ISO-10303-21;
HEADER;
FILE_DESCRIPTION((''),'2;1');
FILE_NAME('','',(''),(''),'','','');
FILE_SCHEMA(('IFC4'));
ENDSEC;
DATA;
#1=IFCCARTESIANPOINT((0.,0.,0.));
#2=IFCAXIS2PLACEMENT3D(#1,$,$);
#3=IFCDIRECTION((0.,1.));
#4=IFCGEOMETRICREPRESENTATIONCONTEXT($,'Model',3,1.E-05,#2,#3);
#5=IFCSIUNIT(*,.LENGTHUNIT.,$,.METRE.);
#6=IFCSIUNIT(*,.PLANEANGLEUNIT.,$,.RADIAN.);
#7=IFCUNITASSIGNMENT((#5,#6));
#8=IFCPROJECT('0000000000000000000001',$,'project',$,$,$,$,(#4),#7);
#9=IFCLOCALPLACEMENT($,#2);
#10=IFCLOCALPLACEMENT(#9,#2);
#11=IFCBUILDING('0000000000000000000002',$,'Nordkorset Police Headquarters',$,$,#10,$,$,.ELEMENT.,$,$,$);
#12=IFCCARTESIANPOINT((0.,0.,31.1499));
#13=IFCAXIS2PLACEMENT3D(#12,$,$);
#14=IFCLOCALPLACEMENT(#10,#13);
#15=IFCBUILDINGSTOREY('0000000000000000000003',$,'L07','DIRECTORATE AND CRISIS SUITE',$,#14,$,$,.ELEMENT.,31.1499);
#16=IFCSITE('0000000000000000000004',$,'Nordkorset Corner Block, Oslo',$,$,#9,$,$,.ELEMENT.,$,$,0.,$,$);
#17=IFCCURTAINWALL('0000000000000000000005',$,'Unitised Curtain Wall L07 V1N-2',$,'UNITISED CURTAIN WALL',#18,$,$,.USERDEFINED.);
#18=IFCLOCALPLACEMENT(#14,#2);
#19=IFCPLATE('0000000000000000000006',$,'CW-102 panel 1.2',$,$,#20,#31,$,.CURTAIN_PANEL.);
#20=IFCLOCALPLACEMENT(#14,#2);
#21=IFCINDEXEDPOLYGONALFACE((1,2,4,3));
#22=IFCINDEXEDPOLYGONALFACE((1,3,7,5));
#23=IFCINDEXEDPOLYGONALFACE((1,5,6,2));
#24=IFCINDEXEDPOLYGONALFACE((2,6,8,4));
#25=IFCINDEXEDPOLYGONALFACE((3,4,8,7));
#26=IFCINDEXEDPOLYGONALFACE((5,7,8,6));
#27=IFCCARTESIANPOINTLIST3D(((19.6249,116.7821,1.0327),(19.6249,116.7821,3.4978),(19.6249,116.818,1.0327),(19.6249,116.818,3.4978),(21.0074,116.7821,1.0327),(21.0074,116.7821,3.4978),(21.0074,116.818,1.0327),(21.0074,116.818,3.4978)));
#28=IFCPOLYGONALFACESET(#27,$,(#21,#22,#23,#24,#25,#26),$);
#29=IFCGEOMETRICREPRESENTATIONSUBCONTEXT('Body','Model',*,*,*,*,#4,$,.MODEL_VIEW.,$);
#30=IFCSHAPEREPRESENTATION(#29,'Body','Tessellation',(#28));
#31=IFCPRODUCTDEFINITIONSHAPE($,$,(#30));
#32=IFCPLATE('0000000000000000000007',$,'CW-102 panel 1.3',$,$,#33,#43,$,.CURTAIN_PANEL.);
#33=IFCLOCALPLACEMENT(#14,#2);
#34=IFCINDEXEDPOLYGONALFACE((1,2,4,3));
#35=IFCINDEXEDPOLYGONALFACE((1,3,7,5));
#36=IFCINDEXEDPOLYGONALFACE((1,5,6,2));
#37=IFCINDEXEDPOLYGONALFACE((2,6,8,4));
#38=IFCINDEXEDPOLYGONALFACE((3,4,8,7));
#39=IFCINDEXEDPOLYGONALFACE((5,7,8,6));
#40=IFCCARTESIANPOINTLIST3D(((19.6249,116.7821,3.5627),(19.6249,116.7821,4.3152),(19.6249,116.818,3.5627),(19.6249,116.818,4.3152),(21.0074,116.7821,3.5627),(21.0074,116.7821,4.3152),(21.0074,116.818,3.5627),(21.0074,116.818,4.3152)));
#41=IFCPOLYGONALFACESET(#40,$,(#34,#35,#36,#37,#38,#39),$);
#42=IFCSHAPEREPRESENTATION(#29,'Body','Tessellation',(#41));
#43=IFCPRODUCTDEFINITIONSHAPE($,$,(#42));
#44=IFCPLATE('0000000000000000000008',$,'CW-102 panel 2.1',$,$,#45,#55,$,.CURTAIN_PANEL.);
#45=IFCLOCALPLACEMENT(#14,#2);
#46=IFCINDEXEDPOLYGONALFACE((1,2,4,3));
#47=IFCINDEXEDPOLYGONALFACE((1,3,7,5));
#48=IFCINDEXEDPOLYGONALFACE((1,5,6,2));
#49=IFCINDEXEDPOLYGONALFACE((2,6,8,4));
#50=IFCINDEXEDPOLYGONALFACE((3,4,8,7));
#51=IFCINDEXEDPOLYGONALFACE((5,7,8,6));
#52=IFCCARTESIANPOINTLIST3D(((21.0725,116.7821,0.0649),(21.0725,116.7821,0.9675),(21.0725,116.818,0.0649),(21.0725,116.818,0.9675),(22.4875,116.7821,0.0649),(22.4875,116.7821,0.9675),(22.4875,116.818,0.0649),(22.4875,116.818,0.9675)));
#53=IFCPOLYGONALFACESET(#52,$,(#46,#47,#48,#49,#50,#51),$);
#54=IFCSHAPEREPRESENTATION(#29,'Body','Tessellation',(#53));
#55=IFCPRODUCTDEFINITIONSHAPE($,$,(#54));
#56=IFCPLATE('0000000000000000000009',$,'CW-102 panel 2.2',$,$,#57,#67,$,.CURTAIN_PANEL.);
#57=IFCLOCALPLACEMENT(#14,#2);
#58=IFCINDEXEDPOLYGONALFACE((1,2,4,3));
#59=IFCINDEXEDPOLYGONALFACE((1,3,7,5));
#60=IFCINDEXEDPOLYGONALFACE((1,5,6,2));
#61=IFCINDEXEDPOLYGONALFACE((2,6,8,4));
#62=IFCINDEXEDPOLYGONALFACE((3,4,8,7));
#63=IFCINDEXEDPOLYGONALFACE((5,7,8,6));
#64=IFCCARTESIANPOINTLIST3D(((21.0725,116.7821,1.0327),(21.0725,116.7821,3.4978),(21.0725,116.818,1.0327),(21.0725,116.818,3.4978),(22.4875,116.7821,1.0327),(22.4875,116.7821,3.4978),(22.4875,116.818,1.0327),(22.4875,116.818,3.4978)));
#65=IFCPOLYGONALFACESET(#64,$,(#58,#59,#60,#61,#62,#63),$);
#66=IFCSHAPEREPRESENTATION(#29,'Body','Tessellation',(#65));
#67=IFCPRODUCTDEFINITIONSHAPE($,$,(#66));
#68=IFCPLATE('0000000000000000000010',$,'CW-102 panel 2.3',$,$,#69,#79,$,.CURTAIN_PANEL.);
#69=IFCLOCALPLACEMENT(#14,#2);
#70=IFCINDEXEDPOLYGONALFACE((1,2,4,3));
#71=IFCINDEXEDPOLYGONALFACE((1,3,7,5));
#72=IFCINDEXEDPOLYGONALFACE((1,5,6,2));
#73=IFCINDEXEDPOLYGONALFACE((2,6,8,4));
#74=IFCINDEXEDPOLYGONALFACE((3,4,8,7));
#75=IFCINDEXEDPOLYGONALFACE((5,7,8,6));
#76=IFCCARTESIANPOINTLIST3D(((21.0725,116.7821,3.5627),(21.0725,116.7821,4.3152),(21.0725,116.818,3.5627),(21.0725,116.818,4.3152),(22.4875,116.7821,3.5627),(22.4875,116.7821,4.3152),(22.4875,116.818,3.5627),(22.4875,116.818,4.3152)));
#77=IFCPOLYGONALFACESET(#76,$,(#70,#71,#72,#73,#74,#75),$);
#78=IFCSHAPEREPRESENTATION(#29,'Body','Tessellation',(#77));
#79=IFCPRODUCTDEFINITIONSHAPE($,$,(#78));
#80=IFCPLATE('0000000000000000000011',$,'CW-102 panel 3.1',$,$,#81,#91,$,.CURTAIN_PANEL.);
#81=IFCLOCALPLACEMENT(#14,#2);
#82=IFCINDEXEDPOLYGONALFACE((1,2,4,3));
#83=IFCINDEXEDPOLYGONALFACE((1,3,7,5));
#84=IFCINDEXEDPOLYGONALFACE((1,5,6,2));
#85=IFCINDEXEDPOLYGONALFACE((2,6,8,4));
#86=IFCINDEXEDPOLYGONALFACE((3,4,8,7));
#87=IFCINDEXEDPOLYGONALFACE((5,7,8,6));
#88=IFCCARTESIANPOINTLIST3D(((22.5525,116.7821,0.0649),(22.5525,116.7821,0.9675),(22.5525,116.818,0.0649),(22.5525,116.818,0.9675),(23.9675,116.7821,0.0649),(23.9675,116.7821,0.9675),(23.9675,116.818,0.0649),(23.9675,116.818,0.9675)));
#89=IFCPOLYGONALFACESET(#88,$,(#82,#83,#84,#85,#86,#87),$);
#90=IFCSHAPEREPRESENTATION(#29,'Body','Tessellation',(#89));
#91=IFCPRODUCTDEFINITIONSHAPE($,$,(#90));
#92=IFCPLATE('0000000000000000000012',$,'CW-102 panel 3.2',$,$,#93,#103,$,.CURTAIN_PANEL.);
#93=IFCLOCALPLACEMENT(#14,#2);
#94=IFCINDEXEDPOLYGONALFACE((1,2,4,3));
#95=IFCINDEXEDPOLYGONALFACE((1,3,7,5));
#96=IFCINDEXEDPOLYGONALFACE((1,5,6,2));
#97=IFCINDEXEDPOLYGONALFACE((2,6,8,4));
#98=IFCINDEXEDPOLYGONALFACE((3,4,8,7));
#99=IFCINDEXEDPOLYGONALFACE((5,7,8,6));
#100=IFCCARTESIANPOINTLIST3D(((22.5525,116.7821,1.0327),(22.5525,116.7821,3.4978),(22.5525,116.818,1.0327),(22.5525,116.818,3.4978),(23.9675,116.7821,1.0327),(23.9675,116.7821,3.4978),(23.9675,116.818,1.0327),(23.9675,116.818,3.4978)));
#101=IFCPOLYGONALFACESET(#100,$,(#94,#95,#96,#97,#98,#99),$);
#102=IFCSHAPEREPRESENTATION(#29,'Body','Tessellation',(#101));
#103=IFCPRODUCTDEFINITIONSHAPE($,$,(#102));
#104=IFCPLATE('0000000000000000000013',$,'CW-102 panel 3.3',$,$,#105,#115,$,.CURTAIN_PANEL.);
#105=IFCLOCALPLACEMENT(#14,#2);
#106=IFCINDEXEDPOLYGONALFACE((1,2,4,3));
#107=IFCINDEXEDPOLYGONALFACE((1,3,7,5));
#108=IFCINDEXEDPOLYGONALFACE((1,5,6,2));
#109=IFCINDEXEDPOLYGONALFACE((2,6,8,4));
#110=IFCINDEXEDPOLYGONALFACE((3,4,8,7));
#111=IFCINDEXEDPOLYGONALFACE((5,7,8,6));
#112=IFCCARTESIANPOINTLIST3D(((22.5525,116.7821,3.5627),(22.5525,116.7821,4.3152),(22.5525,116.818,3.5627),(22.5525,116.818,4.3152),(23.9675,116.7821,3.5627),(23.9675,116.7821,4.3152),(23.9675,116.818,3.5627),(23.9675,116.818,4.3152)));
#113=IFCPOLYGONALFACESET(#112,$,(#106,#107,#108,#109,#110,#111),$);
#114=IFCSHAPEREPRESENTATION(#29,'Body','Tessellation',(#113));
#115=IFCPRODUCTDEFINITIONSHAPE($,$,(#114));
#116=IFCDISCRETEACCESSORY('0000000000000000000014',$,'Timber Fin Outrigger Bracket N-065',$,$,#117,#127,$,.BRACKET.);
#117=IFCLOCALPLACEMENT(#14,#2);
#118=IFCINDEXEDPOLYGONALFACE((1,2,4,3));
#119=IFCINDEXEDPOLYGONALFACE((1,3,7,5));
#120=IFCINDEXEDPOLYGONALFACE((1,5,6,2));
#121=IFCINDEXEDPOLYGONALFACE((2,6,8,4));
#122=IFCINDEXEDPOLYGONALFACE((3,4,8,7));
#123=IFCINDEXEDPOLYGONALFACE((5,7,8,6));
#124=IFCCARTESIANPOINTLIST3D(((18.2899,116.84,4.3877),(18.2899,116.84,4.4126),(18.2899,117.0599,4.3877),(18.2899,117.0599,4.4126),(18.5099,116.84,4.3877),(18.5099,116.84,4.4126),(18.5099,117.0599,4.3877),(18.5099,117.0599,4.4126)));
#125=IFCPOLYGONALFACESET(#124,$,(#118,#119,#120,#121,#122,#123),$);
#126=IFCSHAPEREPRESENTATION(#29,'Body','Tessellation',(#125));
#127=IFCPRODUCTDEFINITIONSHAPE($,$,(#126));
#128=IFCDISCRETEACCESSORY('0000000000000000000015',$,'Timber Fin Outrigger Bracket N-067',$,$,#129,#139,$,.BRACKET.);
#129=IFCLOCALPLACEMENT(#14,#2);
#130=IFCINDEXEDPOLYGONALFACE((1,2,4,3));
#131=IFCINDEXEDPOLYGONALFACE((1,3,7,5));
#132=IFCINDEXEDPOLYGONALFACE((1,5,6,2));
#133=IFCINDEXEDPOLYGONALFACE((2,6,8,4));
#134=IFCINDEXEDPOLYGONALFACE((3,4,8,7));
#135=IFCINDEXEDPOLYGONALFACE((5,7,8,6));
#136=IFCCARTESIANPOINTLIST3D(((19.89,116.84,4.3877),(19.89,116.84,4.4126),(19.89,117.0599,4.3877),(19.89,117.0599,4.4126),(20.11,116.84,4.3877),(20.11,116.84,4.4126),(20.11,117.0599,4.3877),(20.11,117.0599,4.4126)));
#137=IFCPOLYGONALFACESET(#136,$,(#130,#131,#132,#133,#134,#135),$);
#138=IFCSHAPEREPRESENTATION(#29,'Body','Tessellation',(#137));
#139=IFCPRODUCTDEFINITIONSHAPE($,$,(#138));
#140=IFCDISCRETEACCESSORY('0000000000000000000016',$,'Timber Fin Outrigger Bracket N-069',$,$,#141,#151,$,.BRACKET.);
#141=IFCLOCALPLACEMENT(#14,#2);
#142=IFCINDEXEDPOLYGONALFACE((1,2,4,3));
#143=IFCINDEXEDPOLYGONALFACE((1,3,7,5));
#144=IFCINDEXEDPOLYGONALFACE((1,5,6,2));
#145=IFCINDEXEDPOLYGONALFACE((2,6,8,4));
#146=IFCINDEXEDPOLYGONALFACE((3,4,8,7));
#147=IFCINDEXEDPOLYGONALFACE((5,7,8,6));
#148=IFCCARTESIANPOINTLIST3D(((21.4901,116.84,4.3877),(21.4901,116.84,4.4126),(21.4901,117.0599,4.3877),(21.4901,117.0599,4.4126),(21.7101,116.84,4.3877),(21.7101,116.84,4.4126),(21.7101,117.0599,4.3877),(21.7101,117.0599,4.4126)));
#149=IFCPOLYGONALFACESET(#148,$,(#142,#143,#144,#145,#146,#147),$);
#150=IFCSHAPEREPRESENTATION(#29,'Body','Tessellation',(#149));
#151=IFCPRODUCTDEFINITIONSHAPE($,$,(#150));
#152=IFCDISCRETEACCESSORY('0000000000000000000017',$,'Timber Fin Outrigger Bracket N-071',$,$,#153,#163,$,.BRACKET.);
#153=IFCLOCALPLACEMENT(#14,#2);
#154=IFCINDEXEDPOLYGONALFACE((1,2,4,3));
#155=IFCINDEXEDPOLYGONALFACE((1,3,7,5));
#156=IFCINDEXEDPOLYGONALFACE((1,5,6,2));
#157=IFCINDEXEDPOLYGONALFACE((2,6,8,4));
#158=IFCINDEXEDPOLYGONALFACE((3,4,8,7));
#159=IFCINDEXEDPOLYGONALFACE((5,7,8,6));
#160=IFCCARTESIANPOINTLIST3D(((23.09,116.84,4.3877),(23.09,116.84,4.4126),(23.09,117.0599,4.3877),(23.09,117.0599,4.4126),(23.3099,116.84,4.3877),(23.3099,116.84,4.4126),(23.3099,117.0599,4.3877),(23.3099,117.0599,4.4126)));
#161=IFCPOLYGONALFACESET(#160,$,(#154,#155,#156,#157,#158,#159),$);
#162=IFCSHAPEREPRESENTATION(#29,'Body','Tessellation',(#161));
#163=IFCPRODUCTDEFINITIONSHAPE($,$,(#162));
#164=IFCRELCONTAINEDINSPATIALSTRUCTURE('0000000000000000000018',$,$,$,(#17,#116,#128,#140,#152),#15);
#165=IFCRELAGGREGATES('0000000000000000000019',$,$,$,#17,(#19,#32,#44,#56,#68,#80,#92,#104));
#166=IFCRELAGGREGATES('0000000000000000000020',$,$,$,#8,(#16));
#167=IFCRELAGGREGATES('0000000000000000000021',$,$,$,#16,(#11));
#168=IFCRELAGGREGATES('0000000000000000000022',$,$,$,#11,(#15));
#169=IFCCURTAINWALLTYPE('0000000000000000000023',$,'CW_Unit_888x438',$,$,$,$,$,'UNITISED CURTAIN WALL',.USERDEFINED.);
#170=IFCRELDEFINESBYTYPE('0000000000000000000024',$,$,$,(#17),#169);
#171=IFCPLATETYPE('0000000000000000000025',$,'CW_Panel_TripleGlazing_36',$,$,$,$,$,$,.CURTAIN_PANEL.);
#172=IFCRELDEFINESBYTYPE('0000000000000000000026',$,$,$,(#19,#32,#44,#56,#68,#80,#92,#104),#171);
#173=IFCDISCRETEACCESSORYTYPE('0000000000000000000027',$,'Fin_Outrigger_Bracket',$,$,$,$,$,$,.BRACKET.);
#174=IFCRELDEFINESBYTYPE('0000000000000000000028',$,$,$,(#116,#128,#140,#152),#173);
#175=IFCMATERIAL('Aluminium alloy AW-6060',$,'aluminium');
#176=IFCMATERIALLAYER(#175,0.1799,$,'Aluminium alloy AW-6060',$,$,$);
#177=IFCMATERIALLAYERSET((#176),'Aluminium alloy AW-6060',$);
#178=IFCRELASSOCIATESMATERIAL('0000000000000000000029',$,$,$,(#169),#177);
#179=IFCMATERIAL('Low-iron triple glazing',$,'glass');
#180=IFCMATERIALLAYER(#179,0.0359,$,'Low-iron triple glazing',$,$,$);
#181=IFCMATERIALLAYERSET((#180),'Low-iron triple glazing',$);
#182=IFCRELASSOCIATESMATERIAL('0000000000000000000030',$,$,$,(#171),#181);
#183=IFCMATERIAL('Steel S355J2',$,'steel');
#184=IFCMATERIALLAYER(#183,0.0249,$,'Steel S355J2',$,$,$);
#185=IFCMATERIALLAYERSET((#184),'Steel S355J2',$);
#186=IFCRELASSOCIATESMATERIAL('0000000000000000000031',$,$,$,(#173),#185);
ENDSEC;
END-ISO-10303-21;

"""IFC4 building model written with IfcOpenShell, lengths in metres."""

from ifc_helpers import new_model, si_unit, direction, frame, origin, origin_2d, place, context, subcontext, project, spatial, rectangle, extrude, material, layer, layer_set, type_object, element, aggregate, save


model = new_model("IFC4")

# Units and contexts
model_context = context("Model", 3, precision=1e-05, world=origin(), true_north=direction((0.0, 1.0)))
body_context = subcontext(model_context, "Body", "Model", "MODEL_VIEW")
ifc_project = project(units=[si_unit("LENGTHUNIT", "METRE"), si_unit("PLANEANGLEUNIT", "RADIAN")], contexts=[model_context])

# Site, building, storey
site_placement = place(None, origin())
site = spatial("IfcSite", under=ifc_project, at=site_placement, Name="Nordkorset Corner Block, Oslo", CompositionType="ELEMENT", RefElevation=0.0)
building_placement = place(site_placement, origin())
building = spatial("IfcBuilding", under=site, at=building_placement, Name="Nordkorset Police Headquarters", CompositionType="ELEMENT")
storey_placement = place(building_placement, frame((0.0, 0.0, 31.1499)))
storey = spatial("IfcBuildingStorey", under=building, at=storey_placement, Name="L07", Description="DIRECTORATE AND CRISIS SUITE", CompositionType="ELEMENT", Elevation=31.1499)

# Curtain wall, plates
ifc_material_1 = material(Name="Aluminium alloy AW-6060", Category="aluminium")
ifc_layer_1 = layer(ifc_material_1, 0.1799, Name="Aluminium alloy AW-6060")
ifc_layer_set_1 = layer_set([ifc_layer_1], Name="Aluminium alloy AW-6060")
curtain_wall_type = type_object("IfcCurtainWallType", Name="CW_Unit_888x438", ElementType="UNITISED CURTAIN WALL", PredefinedType="USERDEFINED", material=ifc_layer_set_1)
curtain_wall_placement = place(storey_placement, origin())
curtain_wall = element("IfcCurtainWall", 1, at=curtain_wall_placement, inside=storey, type_object=curtain_wall_type, Name="Unitised Curtain Wall L07 V1N-2", ObjectType="UNITISED CURTAIN WALL", PredefinedType="USERDEFINED")
ifc_material_2 = material(Name="Low-iron triple glazing", Category="glass")
ifc_layer_2 = layer(ifc_material_2, 0.0359, Name="Low-iron triple glazing")
ifc_layer_set_2 = layer_set([ifc_layer_2], Name="Low-iron triple glazing")
plate_type = type_object("IfcPlateType", Name="CW_Panel_TripleGlazing_36", PredefinedType="CURTAIN_PANEL", material=ifc_layer_set_2)
plate_1_placement = place(storey_placement, frame((20.3162, 116.8, 1.0327), z_axis=(0.0, 0.0, 1.0), x_axis=(1.0, 0.0, 0.0)))
plate_1 = element("IfcPlate", 2, at=plate_1_placement, type_object=plate_type, Name="CW-102 panel 1.2", PredefinedType="CURTAIN_PANEL", context=body_context, shape_type="SweptSolid", body=[
    extrude(rectangle(XDim=1.3826, YDim=0.0359, at=origin_2d()), origin(), (0.0, 0.0, 1.0), 2.4651),
])
plate_2_placement = place(storey_placement, frame((20.3162, 116.8, 3.5627), z_axis=(0.0, 0.0, 1.0), x_axis=(1.0, 0.0, 0.0)))
plate_2 = element("IfcPlate", 3, at=plate_2_placement, type_object=plate_type, Name="CW-102 panel 1.3", PredefinedType="CURTAIN_PANEL", context=body_context, shape_type="SweptSolid", body=[
    extrude(rectangle(XDim=1.3826, YDim=0.0359, at=origin_2d()), origin(), (0.0, 0.0, 1.0), 0.7524),
])
plate_3_placement = place(storey_placement, frame((21.78, 116.8, 0.0649), z_axis=(0.0, 0.0, 1.0), x_axis=(1.0, 0.0, 0.0)))
plate_3 = element("IfcPlate", 4, at=plate_3_placement, type_object=plate_type, Name="CW-102 panel 2.1", PredefinedType="CURTAIN_PANEL", context=body_context, shape_type="SweptSolid", body=[
    extrude(rectangle(XDim=1.415, YDim=0.0359, at=origin_2d()), origin(), (0.0, 0.0, 1.0), 0.9026),
])
plate_4_placement = place(storey_placement, frame((21.78, 116.8, 1.0327), z_axis=(0.0, 0.0, 1.0), x_axis=(1.0, 0.0, 0.0)))
plate_4 = element("IfcPlate", 5, at=plate_4_placement, type_object=plate_type, Name="CW-102 panel 2.2", PredefinedType="CURTAIN_PANEL", context=body_context, shape_type="SweptSolid", body=[
    extrude(rectangle(XDim=1.415, YDim=0.0359, at=origin_2d()), origin(), (0.0, 0.0, 1.0), 2.4651),
])
plate_5_placement = place(storey_placement, frame((21.78, 116.8, 3.5627), z_axis=(0.0, 0.0, 1.0), x_axis=(1.0, 0.0, 0.0)))
plate_5 = element("IfcPlate", 6, at=plate_5_placement, type_object=plate_type, Name="CW-102 panel 2.3", PredefinedType="CURTAIN_PANEL", context=body_context, shape_type="SweptSolid", body=[
    extrude(rectangle(XDim=1.415, YDim=0.0359, at=origin_2d()), origin(), (0.0, 0.0, 1.0), 0.7524),
])
plate_6_placement = place(storey_placement, frame((23.26, 116.8, 0.0649), z_axis=(0.0, 0.0, 1.0), x_axis=(1.0, 0.0, 0.0)))
plate_6 = element("IfcPlate", 7, at=plate_6_placement, type_object=plate_type, Name="CW-102 panel 3.1", PredefinedType="CURTAIN_PANEL", context=body_context, shape_type="SweptSolid", body=[
    extrude(rectangle(XDim=1.415, YDim=0.0359, at=origin_2d()), origin(), (0.0, 0.0, 1.0), 0.9026),
])
plate_7_placement = place(storey_placement, frame((23.26, 116.8, 1.0327), z_axis=(0.0, 0.0, 1.0), x_axis=(1.0, 0.0, 0.0)))
plate_7 = element("IfcPlate", 8, at=plate_7_placement, type_object=plate_type, Name="CW-102 panel 3.2", PredefinedType="CURTAIN_PANEL", context=body_context, shape_type="SweptSolid", body=[
    extrude(rectangle(XDim=1.415, YDim=0.0359, at=origin_2d()), origin(), (0.0, 0.0, 1.0), 2.4651),
])
plate_8_placement = place(storey_placement, frame((23.26, 116.8, 3.5627), z_axis=(0.0, 0.0, 1.0), x_axis=(1.0, 0.0, 0.0)))
plate_8 = element("IfcPlate", 9, at=plate_8_placement, type_object=plate_type, Name="CW-102 panel 3.3", PredefinedType="CURTAIN_PANEL", context=body_context, shape_type="SweptSolid", body=[
    extrude(rectangle(XDim=1.415, YDim=0.0359, at=origin_2d()), origin(), (0.0, 0.0, 1.0), 0.7524),
])
aggregate(curtain_wall, [plate_1, plate_2, plate_3, plate_4, plate_5, plate_6, plate_7, plate_8])

# Discrete accessories
ifc_material_3 = material(Name="Steel S355J2", Category="steel")
ifc_layer_3 = layer(ifc_material_3, 0.0249, Name="Steel S355J2")
ifc_layer_set_3 = layer_set([ifc_layer_3], Name="Steel S355J2")
discrete_accessory_type = type_object("IfcDiscreteAccessoryType", Name="Fin_Outrigger_Bracket", PredefinedType="BRACKET", material=ifc_layer_set_3)
for number, where, z_axis, x_axis, name in (
    (10, (18.3999, 116.95, 4.3877), (0.0, 0.0, 1.0), (1.0, 0.0, 0.0), "Timber Fin Outrigger Bracket N-065"),
    (11, (20.0, 116.95, 4.3877), (0.0, 0.0, 1.0), (1.0, 0.0, 0.0), "Timber Fin Outrigger Bracket N-067"),
    (12, (21.6001, 116.95, 4.3877), (0.0, 0.0, 1.0), (1.0, 0.0, 0.0), "Timber Fin Outrigger Bracket N-069"),
    (13, (23.2, 116.95, 4.3877), (0.0, 0.0, 1.0), (1.0, 0.0, 0.0), "Timber Fin Outrigger Bracket N-071"),
):
    element("IfcDiscreteAccessory", number, at=place(storey_placement, frame(where, z_axis=z_axis, x_axis=x_axis)), inside=storey, type_object=discrete_accessory_type, Name=name, PredefinedType="BRACKET", context=body_context, shape_type="SweptSolid", body=[
        extrude(rectangle(XDim=0.22, YDim=0.22, at=origin_2d()), origin(), (0.0, 0.0, 1.0), 0.0249),
    ])

save(model, "model.ifc")
